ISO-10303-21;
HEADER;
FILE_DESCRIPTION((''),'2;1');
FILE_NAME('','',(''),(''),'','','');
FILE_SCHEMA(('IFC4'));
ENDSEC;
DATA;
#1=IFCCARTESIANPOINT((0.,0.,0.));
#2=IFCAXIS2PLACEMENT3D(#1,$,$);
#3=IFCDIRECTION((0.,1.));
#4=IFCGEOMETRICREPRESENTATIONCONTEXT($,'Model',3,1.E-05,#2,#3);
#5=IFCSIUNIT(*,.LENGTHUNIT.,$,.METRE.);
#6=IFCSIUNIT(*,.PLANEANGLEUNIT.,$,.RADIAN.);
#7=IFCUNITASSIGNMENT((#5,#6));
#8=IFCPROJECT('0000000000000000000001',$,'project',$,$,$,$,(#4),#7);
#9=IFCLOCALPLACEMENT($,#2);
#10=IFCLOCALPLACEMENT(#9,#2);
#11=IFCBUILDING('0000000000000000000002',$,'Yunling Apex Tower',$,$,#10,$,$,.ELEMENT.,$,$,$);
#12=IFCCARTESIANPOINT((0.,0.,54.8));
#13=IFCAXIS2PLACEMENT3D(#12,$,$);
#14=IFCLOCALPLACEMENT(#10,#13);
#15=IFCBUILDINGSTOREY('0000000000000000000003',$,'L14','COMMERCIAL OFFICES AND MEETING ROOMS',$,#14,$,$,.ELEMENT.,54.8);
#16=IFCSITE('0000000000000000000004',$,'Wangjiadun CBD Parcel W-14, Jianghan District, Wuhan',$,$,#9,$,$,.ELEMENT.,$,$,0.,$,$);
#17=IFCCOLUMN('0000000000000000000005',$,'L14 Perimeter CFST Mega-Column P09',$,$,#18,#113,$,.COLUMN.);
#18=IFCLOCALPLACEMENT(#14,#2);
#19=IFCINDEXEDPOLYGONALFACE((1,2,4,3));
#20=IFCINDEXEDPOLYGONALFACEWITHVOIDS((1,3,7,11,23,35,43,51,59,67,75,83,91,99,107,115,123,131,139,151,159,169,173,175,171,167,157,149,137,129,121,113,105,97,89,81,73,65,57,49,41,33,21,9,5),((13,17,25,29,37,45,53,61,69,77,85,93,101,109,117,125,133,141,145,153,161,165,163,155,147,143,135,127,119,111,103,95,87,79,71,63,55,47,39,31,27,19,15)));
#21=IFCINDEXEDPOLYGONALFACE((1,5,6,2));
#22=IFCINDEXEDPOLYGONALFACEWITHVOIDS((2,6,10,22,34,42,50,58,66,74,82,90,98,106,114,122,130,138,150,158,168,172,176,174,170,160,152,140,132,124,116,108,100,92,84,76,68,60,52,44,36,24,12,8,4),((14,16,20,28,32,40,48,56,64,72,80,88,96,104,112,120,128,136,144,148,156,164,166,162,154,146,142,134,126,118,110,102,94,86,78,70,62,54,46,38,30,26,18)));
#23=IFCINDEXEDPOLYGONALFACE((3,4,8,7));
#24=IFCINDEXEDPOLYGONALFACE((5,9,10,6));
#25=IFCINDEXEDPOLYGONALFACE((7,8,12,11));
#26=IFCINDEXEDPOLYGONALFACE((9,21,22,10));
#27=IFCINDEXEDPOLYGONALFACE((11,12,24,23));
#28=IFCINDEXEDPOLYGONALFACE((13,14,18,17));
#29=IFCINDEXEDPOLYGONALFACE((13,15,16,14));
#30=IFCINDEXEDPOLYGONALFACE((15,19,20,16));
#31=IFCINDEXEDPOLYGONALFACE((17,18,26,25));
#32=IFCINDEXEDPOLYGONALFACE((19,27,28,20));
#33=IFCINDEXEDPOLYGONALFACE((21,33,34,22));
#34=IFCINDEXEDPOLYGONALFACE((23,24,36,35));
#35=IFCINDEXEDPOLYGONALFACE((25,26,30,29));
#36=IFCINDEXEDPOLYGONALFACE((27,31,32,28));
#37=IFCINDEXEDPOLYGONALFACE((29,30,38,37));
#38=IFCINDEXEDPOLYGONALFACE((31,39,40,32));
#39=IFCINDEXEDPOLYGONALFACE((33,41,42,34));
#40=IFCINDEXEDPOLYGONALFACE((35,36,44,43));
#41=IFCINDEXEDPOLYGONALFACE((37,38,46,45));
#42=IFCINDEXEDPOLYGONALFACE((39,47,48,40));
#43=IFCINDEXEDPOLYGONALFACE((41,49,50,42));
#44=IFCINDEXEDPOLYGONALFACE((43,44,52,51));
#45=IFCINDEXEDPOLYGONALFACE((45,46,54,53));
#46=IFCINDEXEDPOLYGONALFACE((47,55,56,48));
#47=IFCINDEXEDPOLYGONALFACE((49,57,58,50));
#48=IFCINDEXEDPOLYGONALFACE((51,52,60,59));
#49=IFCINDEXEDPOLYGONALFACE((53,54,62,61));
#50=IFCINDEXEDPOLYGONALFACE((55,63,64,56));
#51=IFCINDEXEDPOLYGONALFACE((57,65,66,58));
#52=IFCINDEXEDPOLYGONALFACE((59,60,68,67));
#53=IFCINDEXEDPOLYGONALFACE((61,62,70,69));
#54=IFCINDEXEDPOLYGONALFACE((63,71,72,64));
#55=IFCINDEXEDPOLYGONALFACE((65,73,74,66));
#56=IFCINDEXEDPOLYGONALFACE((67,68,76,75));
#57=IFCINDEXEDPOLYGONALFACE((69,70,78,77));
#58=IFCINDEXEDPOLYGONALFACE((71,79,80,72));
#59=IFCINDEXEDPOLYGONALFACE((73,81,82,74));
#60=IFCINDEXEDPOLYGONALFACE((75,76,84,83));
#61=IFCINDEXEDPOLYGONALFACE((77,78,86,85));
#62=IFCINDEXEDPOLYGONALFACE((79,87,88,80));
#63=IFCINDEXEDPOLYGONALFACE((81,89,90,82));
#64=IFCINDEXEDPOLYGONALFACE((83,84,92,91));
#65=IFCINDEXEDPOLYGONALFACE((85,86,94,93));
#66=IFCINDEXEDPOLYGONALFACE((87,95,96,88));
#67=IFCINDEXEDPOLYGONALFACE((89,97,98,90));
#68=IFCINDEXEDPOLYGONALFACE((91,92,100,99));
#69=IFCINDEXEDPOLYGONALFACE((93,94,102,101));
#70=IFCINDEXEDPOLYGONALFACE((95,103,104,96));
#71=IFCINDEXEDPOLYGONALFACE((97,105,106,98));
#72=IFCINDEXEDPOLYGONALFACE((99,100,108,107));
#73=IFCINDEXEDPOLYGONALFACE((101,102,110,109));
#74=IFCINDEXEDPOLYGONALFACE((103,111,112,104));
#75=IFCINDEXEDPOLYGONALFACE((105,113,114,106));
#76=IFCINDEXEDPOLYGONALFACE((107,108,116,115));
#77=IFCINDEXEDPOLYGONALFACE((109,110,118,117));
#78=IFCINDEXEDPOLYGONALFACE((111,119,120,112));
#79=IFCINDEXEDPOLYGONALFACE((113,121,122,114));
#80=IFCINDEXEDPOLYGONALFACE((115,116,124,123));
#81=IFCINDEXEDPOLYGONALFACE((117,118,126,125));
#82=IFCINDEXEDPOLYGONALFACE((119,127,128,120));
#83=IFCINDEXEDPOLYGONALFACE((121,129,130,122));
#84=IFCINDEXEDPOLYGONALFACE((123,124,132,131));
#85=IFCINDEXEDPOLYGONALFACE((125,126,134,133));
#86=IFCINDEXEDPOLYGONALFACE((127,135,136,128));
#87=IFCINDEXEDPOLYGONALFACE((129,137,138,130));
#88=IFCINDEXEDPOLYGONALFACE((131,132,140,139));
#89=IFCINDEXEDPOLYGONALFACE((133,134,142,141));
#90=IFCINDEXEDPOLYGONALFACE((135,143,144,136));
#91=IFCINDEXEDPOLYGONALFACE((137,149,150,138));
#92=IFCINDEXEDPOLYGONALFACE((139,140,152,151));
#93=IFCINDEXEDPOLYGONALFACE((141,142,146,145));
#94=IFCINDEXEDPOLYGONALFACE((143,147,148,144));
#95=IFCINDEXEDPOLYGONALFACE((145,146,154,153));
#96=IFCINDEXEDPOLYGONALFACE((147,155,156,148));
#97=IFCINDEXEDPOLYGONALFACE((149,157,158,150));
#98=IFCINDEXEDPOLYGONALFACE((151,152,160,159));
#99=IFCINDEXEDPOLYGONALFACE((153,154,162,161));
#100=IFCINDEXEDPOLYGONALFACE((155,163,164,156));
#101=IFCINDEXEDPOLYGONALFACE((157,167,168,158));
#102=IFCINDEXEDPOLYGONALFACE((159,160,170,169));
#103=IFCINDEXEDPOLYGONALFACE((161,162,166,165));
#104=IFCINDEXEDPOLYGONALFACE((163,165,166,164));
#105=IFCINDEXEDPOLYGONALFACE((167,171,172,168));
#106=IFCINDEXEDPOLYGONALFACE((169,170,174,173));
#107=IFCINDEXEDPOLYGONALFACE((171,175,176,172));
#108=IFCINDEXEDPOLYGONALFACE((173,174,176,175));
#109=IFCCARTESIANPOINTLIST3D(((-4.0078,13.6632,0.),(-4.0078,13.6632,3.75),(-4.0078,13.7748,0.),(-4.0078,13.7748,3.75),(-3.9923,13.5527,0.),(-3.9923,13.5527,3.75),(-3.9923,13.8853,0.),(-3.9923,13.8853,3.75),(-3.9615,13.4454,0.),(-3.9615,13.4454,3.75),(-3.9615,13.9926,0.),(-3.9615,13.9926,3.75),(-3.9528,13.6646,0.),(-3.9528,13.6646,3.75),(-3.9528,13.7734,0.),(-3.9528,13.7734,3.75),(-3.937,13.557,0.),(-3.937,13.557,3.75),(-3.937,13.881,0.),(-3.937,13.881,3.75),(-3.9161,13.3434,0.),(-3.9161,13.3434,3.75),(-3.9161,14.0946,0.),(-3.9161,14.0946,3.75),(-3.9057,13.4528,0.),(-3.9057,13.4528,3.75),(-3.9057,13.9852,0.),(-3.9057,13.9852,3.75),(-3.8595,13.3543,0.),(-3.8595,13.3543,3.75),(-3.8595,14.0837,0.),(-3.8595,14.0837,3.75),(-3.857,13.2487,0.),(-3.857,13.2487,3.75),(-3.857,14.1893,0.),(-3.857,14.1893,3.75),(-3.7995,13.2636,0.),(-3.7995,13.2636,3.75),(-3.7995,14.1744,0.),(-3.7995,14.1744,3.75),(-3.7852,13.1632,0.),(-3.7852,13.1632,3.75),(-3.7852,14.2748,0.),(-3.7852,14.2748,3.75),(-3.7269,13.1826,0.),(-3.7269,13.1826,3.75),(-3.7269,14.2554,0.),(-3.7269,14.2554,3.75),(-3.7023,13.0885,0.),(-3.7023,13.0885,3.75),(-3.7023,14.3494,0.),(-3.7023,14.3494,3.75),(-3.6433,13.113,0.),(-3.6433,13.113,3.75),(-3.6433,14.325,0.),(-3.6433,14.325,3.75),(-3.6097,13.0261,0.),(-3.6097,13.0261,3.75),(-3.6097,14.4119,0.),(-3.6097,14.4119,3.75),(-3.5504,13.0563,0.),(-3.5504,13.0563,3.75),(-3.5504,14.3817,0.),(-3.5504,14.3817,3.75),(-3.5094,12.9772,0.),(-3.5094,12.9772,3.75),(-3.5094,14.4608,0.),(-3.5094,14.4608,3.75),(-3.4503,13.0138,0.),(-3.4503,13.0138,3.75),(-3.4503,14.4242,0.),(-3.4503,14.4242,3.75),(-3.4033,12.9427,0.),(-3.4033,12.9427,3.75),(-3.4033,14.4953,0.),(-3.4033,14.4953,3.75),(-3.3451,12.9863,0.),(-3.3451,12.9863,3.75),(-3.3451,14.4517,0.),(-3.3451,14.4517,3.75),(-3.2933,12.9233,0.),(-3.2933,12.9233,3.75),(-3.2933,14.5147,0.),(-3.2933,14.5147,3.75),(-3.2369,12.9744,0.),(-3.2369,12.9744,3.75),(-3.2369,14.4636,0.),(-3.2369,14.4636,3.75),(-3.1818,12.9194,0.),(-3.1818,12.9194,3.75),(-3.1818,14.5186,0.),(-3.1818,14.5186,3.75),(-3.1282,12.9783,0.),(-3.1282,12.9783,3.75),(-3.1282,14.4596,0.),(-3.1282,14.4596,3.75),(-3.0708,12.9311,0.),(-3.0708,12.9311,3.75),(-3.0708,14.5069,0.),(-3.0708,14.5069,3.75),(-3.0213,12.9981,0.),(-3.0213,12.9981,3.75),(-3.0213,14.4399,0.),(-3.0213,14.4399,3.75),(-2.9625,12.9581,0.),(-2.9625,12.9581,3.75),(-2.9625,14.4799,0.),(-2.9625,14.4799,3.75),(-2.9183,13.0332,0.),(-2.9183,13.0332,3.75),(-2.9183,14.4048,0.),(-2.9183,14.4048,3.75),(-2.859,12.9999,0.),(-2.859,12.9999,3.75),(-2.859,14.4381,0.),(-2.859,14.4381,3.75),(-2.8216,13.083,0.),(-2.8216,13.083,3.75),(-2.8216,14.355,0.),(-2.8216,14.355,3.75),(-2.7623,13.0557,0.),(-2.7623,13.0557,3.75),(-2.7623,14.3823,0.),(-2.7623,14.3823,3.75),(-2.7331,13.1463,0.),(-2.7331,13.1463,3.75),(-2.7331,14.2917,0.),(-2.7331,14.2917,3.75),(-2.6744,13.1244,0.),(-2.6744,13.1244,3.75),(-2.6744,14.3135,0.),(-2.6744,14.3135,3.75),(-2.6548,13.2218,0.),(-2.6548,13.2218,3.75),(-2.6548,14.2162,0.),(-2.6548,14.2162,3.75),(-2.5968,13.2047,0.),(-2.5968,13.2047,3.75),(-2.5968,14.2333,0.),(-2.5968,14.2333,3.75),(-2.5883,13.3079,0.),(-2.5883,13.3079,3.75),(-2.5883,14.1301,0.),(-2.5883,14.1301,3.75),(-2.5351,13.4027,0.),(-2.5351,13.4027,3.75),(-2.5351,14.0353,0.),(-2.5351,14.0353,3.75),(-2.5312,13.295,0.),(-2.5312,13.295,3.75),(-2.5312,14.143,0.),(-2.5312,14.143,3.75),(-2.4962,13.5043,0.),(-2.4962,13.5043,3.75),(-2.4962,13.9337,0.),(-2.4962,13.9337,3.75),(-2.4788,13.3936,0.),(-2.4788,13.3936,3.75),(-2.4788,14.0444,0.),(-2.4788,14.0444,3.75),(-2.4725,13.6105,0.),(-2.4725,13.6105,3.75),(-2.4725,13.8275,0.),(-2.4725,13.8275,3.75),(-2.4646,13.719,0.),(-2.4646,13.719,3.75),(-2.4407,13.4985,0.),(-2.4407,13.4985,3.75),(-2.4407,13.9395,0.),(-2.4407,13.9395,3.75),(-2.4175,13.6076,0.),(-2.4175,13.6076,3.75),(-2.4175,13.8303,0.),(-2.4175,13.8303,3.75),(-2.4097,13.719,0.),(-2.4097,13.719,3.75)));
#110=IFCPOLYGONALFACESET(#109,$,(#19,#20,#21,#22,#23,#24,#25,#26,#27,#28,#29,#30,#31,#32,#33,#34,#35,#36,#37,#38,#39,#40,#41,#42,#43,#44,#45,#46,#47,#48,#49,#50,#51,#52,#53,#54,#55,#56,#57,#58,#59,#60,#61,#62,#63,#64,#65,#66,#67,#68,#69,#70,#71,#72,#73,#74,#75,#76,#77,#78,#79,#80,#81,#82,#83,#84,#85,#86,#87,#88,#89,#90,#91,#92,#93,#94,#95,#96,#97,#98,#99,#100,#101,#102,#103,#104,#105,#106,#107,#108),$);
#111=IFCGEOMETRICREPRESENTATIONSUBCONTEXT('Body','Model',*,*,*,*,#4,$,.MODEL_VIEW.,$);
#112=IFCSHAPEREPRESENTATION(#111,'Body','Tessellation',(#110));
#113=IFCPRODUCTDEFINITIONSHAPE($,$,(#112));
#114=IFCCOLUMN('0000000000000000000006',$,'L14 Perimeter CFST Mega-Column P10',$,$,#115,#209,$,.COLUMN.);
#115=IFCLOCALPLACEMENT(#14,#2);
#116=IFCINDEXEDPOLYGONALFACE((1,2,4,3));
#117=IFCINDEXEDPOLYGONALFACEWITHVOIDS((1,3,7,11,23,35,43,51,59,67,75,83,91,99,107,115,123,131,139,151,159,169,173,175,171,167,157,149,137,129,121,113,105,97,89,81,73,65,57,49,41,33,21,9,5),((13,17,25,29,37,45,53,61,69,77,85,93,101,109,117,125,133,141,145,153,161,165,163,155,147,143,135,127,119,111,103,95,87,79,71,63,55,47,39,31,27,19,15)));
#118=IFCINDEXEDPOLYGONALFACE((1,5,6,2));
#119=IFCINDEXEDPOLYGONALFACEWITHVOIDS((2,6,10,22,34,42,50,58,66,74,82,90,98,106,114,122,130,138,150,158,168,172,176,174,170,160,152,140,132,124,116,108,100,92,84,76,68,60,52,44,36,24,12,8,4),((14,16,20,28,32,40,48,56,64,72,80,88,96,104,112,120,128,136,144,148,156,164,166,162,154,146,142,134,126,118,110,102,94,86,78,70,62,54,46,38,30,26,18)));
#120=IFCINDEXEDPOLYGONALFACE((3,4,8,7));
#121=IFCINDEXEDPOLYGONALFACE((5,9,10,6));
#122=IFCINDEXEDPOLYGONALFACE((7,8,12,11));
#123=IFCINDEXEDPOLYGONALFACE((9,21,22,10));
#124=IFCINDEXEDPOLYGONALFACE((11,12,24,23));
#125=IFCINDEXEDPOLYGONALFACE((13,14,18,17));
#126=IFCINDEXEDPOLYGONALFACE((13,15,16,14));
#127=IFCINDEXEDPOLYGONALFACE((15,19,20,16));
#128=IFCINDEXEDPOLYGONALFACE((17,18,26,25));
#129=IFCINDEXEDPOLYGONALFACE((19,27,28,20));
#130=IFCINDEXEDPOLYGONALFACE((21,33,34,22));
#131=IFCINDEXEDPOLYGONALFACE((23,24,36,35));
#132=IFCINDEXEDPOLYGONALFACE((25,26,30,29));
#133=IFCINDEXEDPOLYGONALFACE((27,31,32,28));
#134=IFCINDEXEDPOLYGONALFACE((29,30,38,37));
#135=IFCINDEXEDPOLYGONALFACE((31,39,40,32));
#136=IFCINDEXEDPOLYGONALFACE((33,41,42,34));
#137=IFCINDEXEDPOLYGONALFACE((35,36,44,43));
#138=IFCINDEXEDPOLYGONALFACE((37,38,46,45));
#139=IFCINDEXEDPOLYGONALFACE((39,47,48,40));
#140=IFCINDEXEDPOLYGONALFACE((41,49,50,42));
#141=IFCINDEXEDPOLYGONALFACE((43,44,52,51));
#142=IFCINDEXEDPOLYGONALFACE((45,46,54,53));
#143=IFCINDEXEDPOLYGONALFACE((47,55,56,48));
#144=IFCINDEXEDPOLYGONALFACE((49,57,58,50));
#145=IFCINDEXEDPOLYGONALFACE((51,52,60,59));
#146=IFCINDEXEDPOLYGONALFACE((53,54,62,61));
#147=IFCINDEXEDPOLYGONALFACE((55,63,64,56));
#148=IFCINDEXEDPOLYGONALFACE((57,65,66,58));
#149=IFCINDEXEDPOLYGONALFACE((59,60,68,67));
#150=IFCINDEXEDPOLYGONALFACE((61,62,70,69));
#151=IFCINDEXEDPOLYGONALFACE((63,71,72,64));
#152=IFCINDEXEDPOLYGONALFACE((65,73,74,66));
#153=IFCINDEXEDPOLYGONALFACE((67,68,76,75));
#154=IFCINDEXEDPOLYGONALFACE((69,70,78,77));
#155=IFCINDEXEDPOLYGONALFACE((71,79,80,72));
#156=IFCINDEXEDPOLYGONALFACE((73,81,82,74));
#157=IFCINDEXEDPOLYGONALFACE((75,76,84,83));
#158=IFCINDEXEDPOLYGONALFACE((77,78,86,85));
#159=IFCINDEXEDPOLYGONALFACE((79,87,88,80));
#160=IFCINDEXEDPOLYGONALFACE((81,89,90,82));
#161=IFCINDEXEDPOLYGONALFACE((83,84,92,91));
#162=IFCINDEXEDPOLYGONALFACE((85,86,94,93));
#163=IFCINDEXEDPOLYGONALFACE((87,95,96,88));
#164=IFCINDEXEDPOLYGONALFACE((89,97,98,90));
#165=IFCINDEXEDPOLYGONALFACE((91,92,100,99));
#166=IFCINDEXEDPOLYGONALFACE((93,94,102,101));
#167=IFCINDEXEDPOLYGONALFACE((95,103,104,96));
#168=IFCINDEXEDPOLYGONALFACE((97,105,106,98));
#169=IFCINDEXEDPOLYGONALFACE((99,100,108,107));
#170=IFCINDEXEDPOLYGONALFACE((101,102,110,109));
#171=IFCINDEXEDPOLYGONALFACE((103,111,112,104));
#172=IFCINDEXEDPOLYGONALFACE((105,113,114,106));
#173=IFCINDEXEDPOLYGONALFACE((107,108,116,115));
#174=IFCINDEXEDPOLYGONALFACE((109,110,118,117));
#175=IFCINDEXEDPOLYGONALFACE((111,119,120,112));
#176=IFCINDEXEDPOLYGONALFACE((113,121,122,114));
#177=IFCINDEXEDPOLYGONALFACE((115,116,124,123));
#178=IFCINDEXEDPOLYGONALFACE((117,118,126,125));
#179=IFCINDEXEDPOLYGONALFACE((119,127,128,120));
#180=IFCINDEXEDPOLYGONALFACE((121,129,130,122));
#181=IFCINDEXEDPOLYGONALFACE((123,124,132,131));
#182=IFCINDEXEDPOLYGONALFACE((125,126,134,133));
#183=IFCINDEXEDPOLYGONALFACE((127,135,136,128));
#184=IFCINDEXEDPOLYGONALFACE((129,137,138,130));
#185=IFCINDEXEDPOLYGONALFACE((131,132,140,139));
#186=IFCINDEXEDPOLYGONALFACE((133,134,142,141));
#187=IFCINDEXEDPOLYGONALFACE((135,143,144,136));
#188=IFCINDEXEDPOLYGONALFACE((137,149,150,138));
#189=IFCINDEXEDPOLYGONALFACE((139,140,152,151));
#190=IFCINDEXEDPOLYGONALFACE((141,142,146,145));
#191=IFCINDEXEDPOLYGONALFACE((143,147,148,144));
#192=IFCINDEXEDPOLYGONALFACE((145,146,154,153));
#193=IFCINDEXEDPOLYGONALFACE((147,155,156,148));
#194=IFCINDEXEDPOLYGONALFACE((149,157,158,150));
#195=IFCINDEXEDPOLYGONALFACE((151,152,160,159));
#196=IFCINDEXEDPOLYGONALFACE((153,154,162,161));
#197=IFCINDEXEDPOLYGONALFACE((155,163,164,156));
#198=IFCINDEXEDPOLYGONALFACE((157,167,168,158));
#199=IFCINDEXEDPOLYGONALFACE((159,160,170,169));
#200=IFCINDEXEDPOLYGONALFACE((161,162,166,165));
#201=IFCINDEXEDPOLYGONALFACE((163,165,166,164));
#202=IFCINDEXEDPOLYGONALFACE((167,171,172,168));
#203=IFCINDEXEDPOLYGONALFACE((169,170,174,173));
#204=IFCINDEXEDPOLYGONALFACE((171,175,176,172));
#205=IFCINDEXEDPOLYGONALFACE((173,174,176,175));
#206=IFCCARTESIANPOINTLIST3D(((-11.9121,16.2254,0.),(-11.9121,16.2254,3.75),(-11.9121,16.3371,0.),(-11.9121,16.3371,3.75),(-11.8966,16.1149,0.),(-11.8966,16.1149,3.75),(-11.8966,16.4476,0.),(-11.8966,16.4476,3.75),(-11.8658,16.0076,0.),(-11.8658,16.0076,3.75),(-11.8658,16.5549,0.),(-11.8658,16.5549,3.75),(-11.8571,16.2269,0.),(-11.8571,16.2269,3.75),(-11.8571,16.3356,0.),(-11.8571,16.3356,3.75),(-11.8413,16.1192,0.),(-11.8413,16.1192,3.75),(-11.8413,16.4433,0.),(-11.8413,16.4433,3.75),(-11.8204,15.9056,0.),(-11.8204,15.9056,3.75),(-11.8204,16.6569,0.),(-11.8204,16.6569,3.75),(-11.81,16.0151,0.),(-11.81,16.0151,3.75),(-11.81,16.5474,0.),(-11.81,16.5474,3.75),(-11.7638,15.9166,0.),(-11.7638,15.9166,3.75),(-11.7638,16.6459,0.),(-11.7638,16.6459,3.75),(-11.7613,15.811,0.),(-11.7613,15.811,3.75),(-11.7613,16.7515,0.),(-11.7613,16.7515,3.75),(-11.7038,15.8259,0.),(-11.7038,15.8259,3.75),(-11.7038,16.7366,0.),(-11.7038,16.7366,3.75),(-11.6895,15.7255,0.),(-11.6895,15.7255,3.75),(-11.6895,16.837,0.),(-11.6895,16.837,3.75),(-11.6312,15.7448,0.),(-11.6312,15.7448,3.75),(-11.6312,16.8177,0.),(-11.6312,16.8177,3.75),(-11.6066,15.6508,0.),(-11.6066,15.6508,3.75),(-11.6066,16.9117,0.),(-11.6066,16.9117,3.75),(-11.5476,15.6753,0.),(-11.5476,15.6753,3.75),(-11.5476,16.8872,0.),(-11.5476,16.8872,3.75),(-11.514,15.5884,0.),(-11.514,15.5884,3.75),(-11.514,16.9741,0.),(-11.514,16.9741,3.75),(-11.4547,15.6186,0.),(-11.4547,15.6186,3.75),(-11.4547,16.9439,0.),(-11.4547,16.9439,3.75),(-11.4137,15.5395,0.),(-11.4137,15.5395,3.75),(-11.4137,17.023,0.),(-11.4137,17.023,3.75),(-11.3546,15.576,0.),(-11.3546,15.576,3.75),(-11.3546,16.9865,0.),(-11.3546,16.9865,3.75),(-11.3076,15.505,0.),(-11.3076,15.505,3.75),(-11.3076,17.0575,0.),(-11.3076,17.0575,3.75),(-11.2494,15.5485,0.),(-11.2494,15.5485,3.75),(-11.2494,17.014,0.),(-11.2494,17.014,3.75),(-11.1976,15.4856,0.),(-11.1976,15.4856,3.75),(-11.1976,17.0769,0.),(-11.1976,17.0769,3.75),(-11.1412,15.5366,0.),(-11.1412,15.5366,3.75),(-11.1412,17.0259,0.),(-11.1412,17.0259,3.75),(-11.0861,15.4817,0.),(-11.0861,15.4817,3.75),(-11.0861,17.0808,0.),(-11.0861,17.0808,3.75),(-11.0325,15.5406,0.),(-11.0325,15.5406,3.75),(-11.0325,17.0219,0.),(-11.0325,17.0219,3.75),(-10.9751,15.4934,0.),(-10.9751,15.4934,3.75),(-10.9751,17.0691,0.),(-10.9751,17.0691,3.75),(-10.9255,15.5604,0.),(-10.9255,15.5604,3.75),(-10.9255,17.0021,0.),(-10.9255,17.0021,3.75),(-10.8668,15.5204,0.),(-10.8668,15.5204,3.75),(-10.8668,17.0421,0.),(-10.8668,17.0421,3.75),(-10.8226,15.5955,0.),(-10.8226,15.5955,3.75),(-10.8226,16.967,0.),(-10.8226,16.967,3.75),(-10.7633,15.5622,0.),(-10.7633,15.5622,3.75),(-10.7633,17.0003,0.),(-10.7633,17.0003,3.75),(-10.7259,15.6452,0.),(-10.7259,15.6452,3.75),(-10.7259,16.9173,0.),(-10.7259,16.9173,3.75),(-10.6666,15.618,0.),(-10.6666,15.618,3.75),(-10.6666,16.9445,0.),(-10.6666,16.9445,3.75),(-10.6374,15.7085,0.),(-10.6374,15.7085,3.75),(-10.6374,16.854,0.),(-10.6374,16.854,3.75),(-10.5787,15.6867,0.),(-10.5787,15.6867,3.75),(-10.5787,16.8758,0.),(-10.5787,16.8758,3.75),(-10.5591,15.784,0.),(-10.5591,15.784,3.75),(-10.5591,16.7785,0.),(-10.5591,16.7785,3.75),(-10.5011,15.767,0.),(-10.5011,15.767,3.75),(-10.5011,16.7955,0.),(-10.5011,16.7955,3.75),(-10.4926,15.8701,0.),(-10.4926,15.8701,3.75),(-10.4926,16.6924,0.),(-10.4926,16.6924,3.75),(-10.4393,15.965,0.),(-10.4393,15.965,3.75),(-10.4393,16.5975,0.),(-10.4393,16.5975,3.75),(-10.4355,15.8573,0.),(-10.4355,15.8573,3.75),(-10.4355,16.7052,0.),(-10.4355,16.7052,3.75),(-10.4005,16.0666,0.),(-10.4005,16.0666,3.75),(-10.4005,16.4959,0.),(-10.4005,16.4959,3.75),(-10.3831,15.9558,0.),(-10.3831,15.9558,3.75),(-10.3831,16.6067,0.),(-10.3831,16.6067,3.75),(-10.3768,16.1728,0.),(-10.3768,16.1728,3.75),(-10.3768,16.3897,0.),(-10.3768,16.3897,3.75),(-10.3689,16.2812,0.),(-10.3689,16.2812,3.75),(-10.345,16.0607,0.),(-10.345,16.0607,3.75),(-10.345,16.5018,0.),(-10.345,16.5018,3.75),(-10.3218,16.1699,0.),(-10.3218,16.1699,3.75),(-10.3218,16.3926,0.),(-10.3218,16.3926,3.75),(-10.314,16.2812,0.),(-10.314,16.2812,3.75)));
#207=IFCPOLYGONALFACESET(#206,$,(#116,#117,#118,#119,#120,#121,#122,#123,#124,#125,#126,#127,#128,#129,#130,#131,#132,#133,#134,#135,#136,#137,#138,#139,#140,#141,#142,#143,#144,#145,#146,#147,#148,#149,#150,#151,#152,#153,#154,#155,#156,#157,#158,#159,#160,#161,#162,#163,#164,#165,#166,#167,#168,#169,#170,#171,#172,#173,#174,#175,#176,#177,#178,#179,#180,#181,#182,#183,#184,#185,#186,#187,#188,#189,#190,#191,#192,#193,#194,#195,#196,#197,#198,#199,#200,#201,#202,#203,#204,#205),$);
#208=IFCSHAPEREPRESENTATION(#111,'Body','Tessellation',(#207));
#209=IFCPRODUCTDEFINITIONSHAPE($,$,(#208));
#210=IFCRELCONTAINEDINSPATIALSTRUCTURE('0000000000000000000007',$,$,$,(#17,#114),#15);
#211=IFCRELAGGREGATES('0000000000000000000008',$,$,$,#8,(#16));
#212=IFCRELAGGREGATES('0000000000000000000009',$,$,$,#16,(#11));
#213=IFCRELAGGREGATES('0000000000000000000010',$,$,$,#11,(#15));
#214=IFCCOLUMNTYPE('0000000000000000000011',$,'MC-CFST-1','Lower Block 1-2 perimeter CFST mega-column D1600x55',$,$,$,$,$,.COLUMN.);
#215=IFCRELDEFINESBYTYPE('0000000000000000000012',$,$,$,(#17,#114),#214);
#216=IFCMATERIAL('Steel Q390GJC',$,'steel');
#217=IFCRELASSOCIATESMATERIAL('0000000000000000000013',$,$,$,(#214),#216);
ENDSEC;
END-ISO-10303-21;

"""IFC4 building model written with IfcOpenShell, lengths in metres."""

from ifc_helpers import new_model, si_unit, direction, frame, origin, origin_2d, place, context, subcontext, project, spatial, hollow_circle, extrude, source, transform, mapped, material, material_profile, profile_set, type_object, element, save


model = new_model("IFC4")

# Units and contexts
model_context = context("Model", 3, precision=1e-05, world=origin(), true_north=direction((0.0, 1.0)))
body_context = subcontext(model_context, "Body", "Model", "MODEL_VIEW")
ifc_project = project(units=[si_unit("LENGTHUNIT", "METRE"), si_unit("PLANEANGLEUNIT", "RADIAN")], contexts=[model_context])

# Site, building, storey
site_placement = place(None, origin())
site = spatial("IfcSite", under=ifc_project, at=site_placement, Name="Wangjiadun CBD Parcel W-14, Jianghan District, Wuhan", CompositionType="ELEMENT", RefElevation=0.0)
building_placement = place(site_placement, origin())
building = spatial("IfcBuilding", under=site, at=building_placement, Name="Yunling Apex Tower", CompositionType="ELEMENT")
storey_placement = place(building_placement, frame((0.0, 0.0, 54.8)))
storey = spatial("IfcBuildingStorey", under=building, at=storey_placement, Name="L14", Description="COMMERCIAL OFFICES AND MEETING ROOMS", CompositionType="ELEMENT", Elevation=54.8)

# Columns
ifc_material_1 = material(Name="Steel Q390GJC", Category="steel")
ifc_material_profile_1 = material_profile(ifc_material_1, hollow_circle(Radius=0.8, WallThickness=0.0549, at=origin_2d()))
ifc_profile_set_1 = profile_set([ifc_material_profile_1], Name="Steel Q390GJC")
column_type = type_object("IfcColumnType", Name="MC-CFST-1", Description="Lower Block 1-2 perimeter CFST mega-column D1600x55", PredefinedType="COLUMN", material=ifc_profile_set_1)
shared_shape_1 = source(origin(), body_context, "Body", "SweptSolid", [
    extrude(hollow_circle(Radius=0.8, WallThickness=0.0549, at=origin_2d()), origin(), (0.0, 0.0, 1.0), 3.75),
])
for number, where, z_axis, x_axis, name in (
    (1, (-3.2097, 13.719, 0.0), (0.0, 0.0, 1.0), (1.0, 0.0, 0.0), "L14 Perimeter CFST Mega-Column P09"),
    (2, (-11.114, 16.2812, 0.0), (0.0, 0.0, 1.0), (1.0, 0.0, 0.0), "L14 Perimeter CFST Mega-Column P10"),
):
    element("IfcColumn", number, at=place(storey_placement, frame(where, z_axis=z_axis, x_axis=x_axis)), inside=storey, type_object=column_type, Name=name, PredefinedType="COLUMN", context=body_context, shape_type="MappedRepresentation", body=[
        mapped(shared_shape_1, transform((0.0, 0.0, 0.0), scale=1.0)),
    ])

save(model, "model.ifc")
